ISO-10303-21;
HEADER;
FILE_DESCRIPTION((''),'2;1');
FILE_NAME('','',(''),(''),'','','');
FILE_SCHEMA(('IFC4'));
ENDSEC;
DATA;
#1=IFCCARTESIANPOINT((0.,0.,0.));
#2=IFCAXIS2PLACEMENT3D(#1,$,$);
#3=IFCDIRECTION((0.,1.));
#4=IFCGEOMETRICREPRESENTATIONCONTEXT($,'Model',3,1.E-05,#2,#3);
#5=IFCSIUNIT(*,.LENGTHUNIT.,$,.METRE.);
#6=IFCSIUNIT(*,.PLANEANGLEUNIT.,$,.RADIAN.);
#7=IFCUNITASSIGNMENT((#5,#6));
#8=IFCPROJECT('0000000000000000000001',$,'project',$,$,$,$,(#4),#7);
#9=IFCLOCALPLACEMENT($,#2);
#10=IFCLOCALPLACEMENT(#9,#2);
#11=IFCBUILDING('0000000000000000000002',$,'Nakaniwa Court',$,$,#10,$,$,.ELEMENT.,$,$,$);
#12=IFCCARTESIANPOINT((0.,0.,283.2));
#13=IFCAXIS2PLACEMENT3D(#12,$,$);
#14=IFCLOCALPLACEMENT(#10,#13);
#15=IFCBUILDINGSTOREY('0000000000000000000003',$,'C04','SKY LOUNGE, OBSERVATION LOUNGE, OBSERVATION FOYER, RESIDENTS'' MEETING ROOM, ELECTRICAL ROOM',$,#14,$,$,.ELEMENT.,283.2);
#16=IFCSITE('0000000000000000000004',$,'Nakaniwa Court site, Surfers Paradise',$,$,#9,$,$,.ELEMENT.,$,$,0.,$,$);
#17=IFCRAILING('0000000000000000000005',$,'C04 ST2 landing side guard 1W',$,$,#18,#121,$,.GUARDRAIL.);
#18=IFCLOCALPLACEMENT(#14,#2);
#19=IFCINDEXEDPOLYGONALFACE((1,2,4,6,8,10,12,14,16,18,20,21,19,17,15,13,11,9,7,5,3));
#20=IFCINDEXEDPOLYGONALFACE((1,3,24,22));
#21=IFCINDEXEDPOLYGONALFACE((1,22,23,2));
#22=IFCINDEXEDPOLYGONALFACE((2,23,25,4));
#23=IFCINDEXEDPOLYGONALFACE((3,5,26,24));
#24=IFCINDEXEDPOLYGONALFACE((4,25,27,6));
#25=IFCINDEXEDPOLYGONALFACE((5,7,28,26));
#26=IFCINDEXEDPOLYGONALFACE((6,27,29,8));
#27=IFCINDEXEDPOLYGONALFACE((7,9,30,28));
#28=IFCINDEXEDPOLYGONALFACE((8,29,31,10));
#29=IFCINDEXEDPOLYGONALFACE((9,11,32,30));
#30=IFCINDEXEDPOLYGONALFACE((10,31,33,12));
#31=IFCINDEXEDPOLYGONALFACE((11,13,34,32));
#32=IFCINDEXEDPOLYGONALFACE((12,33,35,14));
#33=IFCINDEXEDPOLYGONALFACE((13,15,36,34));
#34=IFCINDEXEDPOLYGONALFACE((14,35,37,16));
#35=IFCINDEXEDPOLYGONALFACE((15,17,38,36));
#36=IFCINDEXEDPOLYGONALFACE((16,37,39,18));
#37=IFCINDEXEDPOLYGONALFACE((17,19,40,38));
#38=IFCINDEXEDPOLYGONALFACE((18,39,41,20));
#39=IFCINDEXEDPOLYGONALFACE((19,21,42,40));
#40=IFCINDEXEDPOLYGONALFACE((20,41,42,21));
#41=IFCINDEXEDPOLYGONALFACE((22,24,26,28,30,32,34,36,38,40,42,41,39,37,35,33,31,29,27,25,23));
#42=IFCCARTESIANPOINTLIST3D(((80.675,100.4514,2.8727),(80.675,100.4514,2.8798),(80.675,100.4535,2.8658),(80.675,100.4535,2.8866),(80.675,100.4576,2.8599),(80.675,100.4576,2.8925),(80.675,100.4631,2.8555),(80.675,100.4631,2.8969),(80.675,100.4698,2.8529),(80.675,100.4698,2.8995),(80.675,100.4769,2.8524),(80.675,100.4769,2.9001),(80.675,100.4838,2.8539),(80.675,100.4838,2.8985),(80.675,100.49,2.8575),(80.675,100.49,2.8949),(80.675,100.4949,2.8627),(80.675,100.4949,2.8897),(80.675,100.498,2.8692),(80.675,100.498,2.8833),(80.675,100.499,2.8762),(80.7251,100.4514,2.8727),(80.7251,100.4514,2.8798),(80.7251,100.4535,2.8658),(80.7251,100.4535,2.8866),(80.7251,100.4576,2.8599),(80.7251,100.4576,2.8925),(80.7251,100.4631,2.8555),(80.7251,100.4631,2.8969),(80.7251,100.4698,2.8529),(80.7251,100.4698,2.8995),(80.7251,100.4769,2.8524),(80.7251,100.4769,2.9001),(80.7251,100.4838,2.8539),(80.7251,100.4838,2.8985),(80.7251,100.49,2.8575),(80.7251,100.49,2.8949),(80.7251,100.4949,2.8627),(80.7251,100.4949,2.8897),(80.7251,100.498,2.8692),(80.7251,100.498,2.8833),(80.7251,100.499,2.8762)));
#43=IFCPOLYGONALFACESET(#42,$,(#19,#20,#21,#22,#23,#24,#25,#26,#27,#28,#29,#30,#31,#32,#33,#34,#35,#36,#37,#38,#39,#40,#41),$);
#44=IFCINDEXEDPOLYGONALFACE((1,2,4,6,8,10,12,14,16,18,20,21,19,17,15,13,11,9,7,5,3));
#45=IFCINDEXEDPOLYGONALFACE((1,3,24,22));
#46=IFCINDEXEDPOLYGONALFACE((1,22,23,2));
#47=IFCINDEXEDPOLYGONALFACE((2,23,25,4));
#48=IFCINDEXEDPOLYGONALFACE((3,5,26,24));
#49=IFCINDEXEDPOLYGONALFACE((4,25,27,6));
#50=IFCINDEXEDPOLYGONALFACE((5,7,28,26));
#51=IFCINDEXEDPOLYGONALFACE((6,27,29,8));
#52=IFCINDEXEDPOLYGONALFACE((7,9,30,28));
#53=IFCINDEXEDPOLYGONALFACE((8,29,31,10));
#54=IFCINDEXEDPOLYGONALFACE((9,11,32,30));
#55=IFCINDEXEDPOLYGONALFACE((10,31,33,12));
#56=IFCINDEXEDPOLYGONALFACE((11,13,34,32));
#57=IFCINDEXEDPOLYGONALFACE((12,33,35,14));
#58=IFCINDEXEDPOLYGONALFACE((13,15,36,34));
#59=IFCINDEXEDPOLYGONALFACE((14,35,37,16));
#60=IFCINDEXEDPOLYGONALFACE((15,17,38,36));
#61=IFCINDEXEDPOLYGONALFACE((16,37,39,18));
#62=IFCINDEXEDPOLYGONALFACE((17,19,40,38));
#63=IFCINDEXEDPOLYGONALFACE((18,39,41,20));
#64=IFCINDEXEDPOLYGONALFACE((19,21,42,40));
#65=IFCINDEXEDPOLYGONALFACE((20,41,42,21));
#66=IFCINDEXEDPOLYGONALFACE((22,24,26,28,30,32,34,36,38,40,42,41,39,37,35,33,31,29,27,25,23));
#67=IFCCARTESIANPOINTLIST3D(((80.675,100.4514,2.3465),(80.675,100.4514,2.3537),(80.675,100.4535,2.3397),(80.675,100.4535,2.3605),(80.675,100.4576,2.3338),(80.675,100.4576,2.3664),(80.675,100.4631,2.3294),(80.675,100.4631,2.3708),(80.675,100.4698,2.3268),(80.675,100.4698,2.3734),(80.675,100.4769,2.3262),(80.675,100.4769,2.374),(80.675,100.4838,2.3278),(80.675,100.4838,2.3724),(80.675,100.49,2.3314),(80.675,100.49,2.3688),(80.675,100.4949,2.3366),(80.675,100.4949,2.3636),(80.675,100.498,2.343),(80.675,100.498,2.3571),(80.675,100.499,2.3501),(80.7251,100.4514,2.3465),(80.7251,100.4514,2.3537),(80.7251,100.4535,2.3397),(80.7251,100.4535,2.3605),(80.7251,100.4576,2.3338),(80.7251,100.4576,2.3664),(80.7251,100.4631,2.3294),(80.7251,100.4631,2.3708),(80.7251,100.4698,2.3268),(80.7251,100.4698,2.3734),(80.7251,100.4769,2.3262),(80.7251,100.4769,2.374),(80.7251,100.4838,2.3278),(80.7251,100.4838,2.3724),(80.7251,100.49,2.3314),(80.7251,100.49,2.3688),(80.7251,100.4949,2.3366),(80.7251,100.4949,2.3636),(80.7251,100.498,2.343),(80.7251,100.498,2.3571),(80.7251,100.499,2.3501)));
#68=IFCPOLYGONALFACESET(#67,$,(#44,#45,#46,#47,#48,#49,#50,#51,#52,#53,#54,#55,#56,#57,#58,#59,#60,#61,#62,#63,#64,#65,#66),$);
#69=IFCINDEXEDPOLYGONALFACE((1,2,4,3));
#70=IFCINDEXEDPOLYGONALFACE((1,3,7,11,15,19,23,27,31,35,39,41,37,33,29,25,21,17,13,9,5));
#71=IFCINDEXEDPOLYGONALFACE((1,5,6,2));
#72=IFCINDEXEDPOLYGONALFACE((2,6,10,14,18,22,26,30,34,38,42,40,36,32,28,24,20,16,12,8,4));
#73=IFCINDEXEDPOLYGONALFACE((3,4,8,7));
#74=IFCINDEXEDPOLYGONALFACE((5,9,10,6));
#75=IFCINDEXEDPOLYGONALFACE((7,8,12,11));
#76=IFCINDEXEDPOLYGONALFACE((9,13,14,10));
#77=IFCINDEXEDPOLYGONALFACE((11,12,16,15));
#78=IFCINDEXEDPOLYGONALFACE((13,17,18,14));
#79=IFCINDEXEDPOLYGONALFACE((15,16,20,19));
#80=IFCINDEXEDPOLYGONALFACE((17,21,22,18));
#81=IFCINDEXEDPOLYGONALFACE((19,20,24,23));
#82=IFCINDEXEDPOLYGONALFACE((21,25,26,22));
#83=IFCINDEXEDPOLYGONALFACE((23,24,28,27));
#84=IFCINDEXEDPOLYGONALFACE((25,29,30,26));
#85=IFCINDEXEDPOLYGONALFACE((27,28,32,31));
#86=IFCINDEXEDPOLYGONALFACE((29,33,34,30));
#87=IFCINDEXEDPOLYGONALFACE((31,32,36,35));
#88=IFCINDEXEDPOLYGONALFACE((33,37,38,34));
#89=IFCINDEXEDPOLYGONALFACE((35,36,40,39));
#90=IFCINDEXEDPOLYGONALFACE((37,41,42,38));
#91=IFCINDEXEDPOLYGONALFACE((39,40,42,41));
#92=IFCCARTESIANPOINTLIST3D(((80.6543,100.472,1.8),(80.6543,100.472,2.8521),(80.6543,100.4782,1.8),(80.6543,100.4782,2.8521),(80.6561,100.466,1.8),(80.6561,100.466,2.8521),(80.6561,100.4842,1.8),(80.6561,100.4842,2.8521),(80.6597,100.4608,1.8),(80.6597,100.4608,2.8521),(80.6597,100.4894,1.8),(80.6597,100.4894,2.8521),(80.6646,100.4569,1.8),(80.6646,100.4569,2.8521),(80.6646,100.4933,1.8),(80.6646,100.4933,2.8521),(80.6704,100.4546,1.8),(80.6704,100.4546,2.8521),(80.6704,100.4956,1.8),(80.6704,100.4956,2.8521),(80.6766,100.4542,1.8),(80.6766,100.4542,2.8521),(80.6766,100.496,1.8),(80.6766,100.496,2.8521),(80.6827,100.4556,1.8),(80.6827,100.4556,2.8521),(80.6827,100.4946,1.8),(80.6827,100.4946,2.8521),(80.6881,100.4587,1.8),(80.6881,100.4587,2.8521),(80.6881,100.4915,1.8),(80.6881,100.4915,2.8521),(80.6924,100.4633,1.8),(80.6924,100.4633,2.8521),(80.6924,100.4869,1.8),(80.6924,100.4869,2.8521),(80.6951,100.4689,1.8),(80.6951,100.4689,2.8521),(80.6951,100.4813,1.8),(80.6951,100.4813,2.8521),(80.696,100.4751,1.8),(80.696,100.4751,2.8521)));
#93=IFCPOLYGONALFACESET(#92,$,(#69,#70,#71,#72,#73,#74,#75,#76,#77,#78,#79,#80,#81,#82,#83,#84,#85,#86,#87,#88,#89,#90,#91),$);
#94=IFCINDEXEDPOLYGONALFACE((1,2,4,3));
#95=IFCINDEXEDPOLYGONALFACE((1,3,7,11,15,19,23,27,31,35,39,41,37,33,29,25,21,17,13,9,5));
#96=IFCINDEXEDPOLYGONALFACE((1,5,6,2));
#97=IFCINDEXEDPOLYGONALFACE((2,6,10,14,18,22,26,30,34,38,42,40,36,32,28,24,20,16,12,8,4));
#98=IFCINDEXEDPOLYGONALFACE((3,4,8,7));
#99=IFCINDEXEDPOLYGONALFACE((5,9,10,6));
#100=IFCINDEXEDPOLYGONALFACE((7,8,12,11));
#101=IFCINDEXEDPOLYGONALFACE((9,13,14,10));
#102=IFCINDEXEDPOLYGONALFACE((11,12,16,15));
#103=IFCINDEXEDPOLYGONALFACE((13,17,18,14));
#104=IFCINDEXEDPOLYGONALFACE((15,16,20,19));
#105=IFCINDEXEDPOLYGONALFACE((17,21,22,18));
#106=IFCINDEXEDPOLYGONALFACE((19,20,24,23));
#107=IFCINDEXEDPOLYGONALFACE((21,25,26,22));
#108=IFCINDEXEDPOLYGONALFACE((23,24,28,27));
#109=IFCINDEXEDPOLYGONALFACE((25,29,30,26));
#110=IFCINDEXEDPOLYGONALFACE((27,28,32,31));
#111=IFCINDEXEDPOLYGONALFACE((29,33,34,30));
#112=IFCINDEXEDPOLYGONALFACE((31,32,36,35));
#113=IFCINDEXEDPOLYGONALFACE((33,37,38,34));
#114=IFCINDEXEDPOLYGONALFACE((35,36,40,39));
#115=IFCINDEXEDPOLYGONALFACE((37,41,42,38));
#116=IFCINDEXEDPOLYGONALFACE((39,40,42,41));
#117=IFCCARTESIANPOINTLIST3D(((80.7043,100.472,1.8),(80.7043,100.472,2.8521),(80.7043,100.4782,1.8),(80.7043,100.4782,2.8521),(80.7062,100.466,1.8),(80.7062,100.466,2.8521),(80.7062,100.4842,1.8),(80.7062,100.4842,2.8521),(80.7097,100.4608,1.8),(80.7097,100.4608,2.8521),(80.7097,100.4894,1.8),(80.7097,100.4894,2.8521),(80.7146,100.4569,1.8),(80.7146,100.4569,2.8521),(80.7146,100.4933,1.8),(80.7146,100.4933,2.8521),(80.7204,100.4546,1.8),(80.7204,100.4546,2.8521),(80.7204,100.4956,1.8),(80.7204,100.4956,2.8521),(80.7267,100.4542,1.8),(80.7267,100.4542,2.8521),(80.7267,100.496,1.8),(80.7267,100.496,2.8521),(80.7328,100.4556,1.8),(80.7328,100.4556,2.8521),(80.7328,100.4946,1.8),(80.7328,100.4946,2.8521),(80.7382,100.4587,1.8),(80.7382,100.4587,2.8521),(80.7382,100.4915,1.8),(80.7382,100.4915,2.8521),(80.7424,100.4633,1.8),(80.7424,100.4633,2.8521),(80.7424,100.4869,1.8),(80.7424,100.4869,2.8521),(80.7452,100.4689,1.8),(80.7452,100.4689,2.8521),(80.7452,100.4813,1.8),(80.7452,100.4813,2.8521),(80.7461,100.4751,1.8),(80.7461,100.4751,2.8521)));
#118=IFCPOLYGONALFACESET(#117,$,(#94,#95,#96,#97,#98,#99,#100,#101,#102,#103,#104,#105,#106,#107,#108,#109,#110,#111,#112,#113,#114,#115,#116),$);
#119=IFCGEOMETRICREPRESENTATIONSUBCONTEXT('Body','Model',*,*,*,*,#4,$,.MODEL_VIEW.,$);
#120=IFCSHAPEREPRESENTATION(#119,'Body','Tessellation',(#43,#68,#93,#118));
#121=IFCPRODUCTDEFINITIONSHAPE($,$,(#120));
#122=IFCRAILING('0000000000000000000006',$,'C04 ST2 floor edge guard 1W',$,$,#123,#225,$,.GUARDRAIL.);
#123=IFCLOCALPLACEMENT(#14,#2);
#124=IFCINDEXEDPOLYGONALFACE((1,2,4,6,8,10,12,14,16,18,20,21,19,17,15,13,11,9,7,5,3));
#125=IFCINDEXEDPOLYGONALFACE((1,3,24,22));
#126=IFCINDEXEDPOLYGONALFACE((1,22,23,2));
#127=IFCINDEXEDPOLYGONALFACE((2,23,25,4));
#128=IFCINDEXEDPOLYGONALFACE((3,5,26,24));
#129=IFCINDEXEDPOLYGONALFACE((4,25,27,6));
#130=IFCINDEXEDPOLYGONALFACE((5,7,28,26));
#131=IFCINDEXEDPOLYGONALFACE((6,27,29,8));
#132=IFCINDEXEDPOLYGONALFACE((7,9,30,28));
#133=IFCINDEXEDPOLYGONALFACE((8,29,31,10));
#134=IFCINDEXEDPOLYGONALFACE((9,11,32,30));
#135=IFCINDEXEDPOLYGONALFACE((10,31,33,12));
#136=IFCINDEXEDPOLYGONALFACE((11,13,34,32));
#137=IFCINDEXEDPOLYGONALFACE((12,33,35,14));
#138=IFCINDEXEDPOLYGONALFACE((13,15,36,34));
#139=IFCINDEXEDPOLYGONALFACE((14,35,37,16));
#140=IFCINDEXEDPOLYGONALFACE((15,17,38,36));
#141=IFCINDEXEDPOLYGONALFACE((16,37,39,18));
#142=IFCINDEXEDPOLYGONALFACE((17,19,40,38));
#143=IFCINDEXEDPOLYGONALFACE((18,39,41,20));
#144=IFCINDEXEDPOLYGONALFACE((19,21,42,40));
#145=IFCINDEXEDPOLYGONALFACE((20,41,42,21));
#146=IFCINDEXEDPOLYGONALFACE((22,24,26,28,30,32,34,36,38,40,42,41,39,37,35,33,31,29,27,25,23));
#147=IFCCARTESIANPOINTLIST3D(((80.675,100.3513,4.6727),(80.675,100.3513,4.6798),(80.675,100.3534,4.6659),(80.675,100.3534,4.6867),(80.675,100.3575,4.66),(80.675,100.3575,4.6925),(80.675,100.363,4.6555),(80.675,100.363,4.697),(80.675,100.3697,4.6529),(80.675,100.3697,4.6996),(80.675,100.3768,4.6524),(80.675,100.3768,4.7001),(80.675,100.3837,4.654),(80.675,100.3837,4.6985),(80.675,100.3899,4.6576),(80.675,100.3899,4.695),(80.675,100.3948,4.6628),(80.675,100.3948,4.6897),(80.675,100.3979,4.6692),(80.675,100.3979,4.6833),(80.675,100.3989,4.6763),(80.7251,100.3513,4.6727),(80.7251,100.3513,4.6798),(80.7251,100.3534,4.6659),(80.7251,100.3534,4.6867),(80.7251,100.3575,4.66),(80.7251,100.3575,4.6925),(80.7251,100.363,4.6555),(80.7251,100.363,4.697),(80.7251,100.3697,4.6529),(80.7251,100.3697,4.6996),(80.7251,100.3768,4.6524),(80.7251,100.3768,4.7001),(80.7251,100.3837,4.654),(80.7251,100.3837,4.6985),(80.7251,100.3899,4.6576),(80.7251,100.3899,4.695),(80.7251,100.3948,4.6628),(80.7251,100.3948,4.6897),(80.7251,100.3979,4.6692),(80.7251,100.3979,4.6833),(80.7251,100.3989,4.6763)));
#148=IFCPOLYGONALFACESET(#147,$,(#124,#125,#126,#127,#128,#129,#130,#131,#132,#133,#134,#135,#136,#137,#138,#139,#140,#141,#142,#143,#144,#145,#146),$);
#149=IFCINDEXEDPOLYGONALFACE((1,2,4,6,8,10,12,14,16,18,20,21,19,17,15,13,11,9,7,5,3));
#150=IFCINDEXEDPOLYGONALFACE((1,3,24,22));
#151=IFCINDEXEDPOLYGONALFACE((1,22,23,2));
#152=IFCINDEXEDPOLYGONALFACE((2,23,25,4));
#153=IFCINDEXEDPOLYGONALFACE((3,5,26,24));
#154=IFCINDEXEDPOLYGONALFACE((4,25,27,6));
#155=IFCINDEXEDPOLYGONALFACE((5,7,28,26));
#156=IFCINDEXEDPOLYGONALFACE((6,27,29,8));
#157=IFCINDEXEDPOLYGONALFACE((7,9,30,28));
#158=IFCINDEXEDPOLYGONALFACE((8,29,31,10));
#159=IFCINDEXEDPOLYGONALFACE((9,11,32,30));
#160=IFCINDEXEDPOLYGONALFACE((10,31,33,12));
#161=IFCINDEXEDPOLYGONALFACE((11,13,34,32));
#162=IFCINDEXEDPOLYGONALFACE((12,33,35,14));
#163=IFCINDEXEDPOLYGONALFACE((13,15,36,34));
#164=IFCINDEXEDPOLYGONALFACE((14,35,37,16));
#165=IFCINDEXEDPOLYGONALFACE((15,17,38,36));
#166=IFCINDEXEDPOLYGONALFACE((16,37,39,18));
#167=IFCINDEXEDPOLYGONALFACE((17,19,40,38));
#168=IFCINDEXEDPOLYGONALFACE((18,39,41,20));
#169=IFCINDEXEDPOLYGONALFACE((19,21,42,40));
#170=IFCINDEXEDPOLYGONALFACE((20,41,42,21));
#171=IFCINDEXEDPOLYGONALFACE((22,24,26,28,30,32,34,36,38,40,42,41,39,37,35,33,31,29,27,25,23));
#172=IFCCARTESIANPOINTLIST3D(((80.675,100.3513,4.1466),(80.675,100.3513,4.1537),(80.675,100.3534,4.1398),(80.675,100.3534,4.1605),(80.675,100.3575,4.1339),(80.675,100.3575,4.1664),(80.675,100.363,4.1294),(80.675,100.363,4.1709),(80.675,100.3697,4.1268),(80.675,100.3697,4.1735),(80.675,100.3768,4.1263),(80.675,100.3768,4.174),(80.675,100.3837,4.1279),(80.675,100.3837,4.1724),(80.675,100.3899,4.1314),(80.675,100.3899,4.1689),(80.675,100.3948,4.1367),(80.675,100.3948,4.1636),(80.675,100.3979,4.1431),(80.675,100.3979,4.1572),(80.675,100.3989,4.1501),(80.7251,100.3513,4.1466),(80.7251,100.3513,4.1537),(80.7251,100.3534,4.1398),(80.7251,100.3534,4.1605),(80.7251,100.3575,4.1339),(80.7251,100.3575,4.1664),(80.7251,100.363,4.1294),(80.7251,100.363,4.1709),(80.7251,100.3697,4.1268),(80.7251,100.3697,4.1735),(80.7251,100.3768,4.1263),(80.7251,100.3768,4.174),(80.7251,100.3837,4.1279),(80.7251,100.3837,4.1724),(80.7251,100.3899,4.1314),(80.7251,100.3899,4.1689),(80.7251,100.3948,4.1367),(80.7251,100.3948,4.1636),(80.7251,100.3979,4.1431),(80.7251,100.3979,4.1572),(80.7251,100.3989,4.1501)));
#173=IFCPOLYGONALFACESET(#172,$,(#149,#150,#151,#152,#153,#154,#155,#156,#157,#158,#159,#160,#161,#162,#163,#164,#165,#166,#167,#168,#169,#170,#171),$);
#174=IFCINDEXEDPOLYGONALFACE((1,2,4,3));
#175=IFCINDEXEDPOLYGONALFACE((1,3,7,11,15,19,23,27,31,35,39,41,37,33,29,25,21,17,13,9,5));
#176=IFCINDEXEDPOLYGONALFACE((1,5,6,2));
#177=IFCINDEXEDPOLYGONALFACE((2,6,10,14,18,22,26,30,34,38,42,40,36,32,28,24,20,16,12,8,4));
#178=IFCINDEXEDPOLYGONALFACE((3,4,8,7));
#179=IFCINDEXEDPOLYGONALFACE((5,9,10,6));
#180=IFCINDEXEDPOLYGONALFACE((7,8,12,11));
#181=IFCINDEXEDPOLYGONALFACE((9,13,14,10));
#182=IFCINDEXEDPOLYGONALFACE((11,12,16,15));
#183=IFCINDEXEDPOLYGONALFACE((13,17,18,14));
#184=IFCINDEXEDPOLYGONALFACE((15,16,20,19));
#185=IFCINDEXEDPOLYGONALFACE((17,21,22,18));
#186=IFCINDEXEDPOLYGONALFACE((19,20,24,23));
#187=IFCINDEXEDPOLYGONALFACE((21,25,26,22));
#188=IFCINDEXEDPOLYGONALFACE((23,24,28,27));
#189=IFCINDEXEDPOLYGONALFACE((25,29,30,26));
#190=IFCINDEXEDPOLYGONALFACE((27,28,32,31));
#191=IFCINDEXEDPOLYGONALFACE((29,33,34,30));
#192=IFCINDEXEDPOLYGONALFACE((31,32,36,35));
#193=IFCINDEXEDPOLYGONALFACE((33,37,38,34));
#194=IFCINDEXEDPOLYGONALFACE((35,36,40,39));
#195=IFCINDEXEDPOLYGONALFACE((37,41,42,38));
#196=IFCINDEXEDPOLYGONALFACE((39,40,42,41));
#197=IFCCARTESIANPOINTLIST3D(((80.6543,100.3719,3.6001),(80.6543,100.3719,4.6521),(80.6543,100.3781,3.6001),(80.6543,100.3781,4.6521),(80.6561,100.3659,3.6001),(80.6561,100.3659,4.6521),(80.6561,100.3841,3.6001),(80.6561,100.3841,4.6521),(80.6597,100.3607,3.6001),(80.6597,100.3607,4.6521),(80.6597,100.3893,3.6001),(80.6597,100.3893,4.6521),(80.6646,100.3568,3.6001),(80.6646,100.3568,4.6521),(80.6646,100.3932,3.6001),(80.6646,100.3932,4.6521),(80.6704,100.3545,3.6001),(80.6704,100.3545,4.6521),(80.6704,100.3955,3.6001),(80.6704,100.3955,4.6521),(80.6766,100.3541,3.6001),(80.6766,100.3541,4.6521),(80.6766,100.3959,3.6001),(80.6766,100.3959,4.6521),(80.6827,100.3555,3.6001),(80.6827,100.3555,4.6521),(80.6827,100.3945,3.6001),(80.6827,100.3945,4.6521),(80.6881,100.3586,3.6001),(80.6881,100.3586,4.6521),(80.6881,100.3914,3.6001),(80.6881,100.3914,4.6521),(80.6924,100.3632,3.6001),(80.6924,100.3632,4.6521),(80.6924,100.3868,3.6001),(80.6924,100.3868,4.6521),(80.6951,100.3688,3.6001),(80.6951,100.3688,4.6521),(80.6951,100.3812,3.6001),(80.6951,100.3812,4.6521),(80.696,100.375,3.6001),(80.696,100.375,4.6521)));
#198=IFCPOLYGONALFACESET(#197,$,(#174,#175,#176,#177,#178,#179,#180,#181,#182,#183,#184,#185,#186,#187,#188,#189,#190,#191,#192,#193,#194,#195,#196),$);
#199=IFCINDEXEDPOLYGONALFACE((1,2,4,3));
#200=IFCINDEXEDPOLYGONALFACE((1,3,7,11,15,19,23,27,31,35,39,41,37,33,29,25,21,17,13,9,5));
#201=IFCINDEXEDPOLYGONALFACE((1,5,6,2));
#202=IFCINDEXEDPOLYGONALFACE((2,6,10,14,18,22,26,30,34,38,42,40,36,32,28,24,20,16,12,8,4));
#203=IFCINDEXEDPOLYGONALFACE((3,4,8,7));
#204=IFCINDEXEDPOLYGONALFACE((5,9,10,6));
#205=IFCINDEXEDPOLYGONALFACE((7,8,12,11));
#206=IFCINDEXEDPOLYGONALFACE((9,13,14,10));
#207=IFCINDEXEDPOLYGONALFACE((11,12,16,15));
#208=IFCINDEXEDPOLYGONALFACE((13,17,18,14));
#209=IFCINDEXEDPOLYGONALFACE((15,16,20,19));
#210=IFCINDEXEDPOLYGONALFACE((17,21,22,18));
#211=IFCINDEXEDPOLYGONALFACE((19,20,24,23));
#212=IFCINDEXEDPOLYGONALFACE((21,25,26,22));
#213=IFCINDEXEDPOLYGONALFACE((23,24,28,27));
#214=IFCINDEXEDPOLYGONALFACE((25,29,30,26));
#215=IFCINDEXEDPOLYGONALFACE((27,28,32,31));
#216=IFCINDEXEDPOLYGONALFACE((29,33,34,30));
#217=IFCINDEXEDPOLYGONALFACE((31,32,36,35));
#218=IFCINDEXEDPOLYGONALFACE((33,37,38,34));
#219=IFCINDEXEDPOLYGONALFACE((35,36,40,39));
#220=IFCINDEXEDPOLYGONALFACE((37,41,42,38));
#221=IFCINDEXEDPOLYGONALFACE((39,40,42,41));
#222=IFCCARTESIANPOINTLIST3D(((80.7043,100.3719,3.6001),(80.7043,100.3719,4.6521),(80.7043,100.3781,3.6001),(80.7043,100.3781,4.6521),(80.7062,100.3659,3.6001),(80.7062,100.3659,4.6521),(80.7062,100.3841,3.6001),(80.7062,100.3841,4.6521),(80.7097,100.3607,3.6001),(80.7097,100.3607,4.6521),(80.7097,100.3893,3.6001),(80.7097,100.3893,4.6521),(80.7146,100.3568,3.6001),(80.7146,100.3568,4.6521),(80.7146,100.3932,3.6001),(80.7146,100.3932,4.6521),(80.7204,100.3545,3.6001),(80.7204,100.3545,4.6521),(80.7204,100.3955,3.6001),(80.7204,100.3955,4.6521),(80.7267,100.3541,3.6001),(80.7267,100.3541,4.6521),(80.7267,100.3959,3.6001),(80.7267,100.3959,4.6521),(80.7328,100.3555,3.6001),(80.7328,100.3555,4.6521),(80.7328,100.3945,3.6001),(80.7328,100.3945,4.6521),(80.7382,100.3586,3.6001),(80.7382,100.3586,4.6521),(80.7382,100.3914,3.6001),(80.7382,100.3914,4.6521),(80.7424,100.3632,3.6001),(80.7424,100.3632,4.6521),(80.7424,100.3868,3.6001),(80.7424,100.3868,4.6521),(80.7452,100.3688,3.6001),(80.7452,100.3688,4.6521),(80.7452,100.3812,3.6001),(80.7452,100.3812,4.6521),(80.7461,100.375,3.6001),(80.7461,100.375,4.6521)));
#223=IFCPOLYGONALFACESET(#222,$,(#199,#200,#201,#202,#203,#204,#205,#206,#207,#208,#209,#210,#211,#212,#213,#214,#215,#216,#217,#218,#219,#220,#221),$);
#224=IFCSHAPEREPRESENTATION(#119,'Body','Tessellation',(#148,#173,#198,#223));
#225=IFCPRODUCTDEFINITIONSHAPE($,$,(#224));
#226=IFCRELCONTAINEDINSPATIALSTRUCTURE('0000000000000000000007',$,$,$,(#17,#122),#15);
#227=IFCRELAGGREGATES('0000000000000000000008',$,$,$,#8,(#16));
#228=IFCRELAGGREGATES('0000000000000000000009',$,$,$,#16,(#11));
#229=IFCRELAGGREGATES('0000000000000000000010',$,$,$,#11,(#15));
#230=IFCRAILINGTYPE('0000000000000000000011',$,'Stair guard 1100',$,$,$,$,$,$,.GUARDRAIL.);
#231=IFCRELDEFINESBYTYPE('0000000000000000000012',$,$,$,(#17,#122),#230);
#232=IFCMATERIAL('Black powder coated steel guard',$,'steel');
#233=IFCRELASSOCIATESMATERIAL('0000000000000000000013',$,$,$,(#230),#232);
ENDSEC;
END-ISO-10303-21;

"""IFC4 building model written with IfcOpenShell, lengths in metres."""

from ifc_helpers import new_model, si_unit, direction, frame, origin, origin_2d, place, context, subcontext, project, spatial, circle, extrude, material, type_object, element, save


model = new_model("IFC4")

# Units and contexts
model_context = context("Model", 3, precision=1e-05, world=origin(), true_north=direction((0.0, 1.0)))
body_context = subcontext(model_context, "Body", "Model", "MODEL_VIEW")
ifc_project = project(units=[si_unit("LENGTHUNIT", "METRE"), si_unit("PLANEANGLEUNIT", "RADIAN")], contexts=[model_context])

# Site, building, storey
site_placement = place(None, origin())
site = spatial("IfcSite", under=ifc_project, at=site_placement, Name="Nakaniwa Court site, Surfers Paradise", CompositionType="ELEMENT", RefElevation=0.0)
building_placement = place(site_placement, origin())
building = spatial("IfcBuilding", under=site, at=building_placement, Name="Nakaniwa Court", CompositionType="ELEMENT")
storey_placement = place(building_placement, frame((0.0, 0.0, 283.2)))
storey = spatial("IfcBuildingStorey", under=building, at=storey_placement, Name="C04", Description="SKY LOUNGE, OBSERVATION LOUNGE, OBSERVATION FOYER, RESIDENTS' MEETING ROOM, ELECTRICAL ROOM", CompositionType="ELEMENT", Elevation=283.2)

# Railings
ifc_material_1 = material(Name="Black powder coated steel guard", Category="steel")
railing_type_1 = type_object("IfcRailingType", Name="Stair guard 1100", PredefinedType="GUARDRAIL", material=ifc_material_1)
for number, where, name in (
    (1, (80.675, 100.4751, 1.8), "C04 ST2 landing side guard 1W"),
    (2, (80.675, 100.375, 3.6001), "C04 ST2 floor edge guard 1W"),
):
    element("IfcRailing", number, at=place(storey_placement, frame(where)), inside=storey, type_object=railing_type_1, Name=name, PredefinedType="GUARDRAIL", context=body_context, shape_type="SweptSolid", body=[
        extrude(circle(Radius=0.0239, at=origin_2d()), frame((0.0, 0.0, 1.0762), z_axis=(1.0, 0.0, 0.0), x_axis=(0.0, 1.0, 0.0)), (0.0, 0.0, 1.0), 0.05),
        extrude(circle(Radius=0.0239, at=origin_2d()), frame((0.0, 0.0, 0.55), z_axis=(1.0, 0.0, 0.0), x_axis=(0.0, 1.0, 0.0)), (0.0, 0.0, 1.0), 0.05),
        extrude(circle(Radius=0.021, at=origin_2d()), origin(), (0.0, 0.0, 1.0), 1.052),
        extrude(circle(Radius=0.021, at=origin_2d()), frame((0.05, 0.0, 0.0)), (0.0, 0.0, 1.0), 1.052),
    ])

save(model, "model.ifc")
